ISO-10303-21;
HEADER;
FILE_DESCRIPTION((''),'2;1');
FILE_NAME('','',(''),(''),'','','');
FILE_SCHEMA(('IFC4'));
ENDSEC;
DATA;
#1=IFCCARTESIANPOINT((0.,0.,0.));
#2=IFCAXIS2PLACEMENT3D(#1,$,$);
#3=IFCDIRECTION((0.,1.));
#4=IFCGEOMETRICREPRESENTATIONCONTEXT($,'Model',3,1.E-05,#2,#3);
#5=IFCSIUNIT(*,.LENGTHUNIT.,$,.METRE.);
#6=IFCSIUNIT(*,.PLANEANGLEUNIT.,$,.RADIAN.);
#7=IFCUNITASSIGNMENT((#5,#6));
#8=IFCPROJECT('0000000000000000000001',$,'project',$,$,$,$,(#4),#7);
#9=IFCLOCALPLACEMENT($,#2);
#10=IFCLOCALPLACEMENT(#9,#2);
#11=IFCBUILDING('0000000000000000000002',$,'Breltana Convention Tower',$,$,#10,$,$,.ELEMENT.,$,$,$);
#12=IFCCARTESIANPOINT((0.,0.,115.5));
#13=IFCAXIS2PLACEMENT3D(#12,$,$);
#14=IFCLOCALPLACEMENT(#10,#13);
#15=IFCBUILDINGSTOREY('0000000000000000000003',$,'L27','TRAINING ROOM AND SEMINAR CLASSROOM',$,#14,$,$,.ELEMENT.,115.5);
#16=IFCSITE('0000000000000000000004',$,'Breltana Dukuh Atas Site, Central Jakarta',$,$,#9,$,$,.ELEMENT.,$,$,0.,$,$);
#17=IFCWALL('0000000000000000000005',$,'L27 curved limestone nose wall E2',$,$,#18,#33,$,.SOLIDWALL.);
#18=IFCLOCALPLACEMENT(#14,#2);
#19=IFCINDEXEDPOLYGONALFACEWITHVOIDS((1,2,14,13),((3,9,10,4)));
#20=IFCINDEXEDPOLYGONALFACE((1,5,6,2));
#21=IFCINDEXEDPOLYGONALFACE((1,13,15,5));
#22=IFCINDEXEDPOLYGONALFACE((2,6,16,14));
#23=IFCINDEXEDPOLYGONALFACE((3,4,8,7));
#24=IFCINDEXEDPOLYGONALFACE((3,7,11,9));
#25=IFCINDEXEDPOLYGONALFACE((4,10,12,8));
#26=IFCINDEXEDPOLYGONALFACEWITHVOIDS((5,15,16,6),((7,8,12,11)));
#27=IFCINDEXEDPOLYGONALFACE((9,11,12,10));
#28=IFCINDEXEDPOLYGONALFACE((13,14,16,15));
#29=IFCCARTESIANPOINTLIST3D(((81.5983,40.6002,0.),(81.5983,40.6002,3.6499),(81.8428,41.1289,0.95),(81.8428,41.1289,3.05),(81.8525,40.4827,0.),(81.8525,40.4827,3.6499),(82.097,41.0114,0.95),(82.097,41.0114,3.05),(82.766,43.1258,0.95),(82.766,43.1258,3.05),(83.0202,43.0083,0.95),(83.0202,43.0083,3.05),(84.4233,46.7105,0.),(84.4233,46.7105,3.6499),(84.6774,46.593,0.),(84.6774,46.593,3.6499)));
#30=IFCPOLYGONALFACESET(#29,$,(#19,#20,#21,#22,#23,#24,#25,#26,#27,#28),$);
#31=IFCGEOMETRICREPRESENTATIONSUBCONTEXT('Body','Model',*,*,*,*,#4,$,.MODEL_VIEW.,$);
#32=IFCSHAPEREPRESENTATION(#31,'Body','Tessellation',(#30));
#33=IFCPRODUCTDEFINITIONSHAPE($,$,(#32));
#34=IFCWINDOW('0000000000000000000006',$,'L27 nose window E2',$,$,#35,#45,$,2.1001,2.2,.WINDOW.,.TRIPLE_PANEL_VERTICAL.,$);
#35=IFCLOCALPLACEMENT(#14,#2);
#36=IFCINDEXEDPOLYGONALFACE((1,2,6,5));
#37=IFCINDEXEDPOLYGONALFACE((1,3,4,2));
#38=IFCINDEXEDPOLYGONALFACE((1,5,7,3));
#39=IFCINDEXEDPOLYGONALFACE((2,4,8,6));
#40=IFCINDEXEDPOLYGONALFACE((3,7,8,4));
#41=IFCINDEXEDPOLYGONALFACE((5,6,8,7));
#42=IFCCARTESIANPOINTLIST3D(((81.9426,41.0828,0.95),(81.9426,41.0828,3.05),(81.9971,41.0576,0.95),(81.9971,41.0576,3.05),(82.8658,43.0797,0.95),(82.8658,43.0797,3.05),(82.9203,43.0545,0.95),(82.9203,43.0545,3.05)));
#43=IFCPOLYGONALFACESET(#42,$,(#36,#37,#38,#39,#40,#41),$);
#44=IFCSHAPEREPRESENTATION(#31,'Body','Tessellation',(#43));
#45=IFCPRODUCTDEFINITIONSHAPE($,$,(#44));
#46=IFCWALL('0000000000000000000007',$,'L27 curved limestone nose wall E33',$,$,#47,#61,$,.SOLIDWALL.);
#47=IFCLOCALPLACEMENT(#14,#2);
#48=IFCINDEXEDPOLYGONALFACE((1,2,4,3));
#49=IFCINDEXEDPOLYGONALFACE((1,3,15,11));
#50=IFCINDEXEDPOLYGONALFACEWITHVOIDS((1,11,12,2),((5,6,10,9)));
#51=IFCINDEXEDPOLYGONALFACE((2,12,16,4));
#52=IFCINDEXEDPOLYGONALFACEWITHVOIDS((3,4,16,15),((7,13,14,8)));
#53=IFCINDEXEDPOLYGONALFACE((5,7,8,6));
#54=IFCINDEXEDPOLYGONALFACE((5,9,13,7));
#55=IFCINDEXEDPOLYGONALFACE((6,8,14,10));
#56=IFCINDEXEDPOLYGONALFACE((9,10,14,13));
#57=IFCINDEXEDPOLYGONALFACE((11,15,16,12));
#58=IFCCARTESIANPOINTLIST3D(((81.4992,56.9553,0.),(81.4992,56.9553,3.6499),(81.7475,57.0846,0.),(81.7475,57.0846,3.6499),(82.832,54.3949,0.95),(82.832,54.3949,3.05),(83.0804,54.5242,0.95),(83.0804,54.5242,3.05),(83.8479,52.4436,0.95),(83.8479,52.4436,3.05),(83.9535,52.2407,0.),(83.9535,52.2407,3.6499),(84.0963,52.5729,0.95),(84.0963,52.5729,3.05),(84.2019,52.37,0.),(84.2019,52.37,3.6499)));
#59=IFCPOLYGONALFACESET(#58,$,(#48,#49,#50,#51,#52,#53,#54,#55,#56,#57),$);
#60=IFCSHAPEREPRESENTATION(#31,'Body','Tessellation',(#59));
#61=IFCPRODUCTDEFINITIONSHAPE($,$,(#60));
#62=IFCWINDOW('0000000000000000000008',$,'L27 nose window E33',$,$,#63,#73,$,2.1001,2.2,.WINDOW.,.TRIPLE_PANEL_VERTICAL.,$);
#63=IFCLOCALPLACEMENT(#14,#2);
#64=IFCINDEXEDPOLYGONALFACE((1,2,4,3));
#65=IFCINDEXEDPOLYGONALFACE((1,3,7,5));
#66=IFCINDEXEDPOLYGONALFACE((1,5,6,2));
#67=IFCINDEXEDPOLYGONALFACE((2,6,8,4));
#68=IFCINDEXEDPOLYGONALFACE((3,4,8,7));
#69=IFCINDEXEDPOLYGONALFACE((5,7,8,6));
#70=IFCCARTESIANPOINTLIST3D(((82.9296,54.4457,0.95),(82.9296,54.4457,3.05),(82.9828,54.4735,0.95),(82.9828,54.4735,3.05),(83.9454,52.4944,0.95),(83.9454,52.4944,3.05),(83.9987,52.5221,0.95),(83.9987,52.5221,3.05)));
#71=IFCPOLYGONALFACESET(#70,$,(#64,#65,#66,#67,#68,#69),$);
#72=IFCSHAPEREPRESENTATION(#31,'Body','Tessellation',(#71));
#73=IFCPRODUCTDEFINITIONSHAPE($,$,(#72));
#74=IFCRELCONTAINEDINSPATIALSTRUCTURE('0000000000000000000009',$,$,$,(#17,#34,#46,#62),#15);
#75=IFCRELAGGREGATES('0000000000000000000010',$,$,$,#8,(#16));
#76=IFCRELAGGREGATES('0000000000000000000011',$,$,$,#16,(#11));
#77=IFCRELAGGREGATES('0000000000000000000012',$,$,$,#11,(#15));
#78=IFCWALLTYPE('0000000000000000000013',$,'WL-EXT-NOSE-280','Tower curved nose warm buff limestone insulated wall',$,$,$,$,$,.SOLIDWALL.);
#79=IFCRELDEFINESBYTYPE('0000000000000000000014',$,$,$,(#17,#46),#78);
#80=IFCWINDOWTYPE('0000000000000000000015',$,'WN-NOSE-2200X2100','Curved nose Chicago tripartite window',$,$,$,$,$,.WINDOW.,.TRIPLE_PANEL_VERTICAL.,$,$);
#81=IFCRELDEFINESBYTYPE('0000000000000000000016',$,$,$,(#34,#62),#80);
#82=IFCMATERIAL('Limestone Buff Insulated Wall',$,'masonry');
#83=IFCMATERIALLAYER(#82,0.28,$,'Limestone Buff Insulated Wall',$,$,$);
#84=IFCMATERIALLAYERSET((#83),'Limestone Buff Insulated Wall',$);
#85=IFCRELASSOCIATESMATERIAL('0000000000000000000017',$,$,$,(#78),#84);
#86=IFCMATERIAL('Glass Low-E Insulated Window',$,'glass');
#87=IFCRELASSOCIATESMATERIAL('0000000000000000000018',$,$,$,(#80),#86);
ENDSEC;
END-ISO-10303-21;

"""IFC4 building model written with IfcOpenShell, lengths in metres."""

from ifc_helpers import new_model, si_unit, direction, frame, frame_2d, origin, place, context, subcontext, project, spatial, rectangle, extrude, source, transform, mapped, material, layer, layer_set, type_object, type_shapes, element, fill, save


model = new_model("IFC4")

# Units and contexts
model_context = context("Model", 3, precision=1e-05, world=origin(), true_north=direction((0.0, 1.0)))
body_context = subcontext(model_context, "Body", "Model", "MODEL_VIEW")
ifc_project = project(units=[si_unit("LENGTHUNIT", "METRE"), si_unit("PLANEANGLEUNIT", "RADIAN")], contexts=[model_context])

# Site, building, storey
site_placement = place(None, origin())
site = spatial("IfcSite", under=ifc_project, at=site_placement, Name="Breltana Dukuh Atas Site, Central Jakarta", CompositionType="ELEMENT", RefElevation=0.0)
building_placement = place(site_placement, origin())
building = spatial("IfcBuilding", under=site, at=building_placement, Name="Breltana Convention Tower", CompositionType="ELEMENT")
storey_placement = place(building_placement, frame((0.0, 0.0, 115.5)))
storey = spatial("IfcBuildingStorey", under=building, at=storey_placement, Name="L27", Description="TRAINING ROOM AND SEMINAR CLASSROOM", CompositionType="ELEMENT", Elevation=115.5)

# Walls, openings, windows
ifc_material_1 = material(Name="Limestone Buff Insulated Wall", Category="masonry")
ifc_layer_1 = layer(ifc_material_1, 0.28, Name="Limestone Buff Insulated Wall")
ifc_layer_set_1 = layer_set([ifc_layer_1], Name="Limestone Buff Insulated Wall")
wall_type = type_object("IfcWallType", Name="WL-EXT-NOSE-280", Description="Tower curved nose warm buff limestone insulated wall", PredefinedType="SOLIDWALL", material=ifc_layer_set_1)
ifc_material_2 = material(Name="Glass Low-E Insulated Window", Category="glass")
window_type = type_object("IfcWindowType", Name="WN-NOSE-2200X2100", Description="Curved nose Chicago tripartite window", PartitioningType="TRIPLE_PANEL_VERTICAL", PredefinedType="WINDOW", material=ifc_material_2)
shared_shape_1 = source(origin(), body_context, "Body", "SweptSolid", [
    extrude(rectangle(XDim=2.2, YDim=2.1001, at=frame_2d((1.1001, 1.05))), frame((0.0, 0.03, 0.0), z_axis=(0.0, -1.0, 0.0), x_axis=(1.0, 0.0, 0.0)), (0.0, 0.0, 1.0), 0.0601),
])
type_shapes(window_type, [shared_shape_1])
shared_shape_2 = source(origin(), body_context, "Body", "SweptSolid", [
    extrude(rectangle(XDim=6.7317, YDim=0.28, at=frame_2d((3.3657, 0.0))), origin(), (0.0, 0.0, 1.0), 3.6499),
])
wall_1_placement = place(storey_placement, frame((84.5503, 46.6516, 0.0), z_axis=(0.0, 0.0, 1.0), x_axis=(-0.419645, -0.907689, 0.0)))
wall_1 = element("IfcWall", 1, at=wall_1_placement, inside=storey, type_object=wall_type, Name="L27 curved limestone nose wall E2", PredefinedType="SOLIDWALL", context=body_context, shape_type="MappedRepresentation", body=[
    mapped(shared_shape_2, transform((0.0, 0.0, 0.0), scale=1.0)),
])
opening_1_placement = place(wall_1_placement, frame((3.949, 0.0, 0.95)))
opening_1 = element("IfcOpeningElement", 2, at=opening_1_placement, cuts=wall_1, PredefinedType="OPENING", context=body_context, shape_type="SweptSolid", body=[
    extrude(rectangle(XDim=2.2, YDim=2.1001, at=frame_2d((1.1001, 1.05))), frame((0.0, 0.1499, 0.0), z_axis=(0.0, -1.0, 0.0), x_axis=(1.0, 0.0, 0.0)), (0.0, 0.0, 1.0), 0.3),
])
window_1_placement = place(opening_1_placement, origin())
window_1 = element("IfcWindow", 3, at=window_1_placement, inside=storey, type_object=window_type, Name="L27 nose window E2", OverallHeight=2.1001, OverallWidth=2.2, PartitioningType="TRIPLE_PANEL_VERTICAL", PredefinedType="WINDOW", context=body_context, shape_type="MappedRepresentation", body=[
    mapped(shared_shape_1, transform((0.0, 0.0, 0.0), scale=1.0)),
])
fill(opening_1, window_1)
shared_shape_3 = source(origin(), body_context, "Body", "SweptSolid", [
    extrude(rectangle(XDim=5.3152, YDim=0.28, at=frame_2d((2.6577, 0.0))), origin(), (0.0, 0.0, 1.0), 3.6499),
])
wall_2_placement = place(storey_placement, frame((81.6233, 57.02, 0.0), z_axis=(0.0, 0.0, 1.0), x_axis=(0.461761, -0.887005, 0.0)))
wall_2 = element("IfcWall", 4, at=wall_2_placement, inside=storey, type_object=wall_type, Name="L27 curved limestone nose wall E33", PredefinedType="SOLIDWALL", context=body_context, shape_type="MappedRepresentation", body=[
    mapped(shared_shape_3, transform((0.0, 0.0, 0.0), scale=1.0)),
])
opening_2_placement = place(wall_2_placement, frame((2.8865, 0.0, 0.95)))
opening_2 = element("IfcOpeningElement", 5, at=opening_2_placement, cuts=wall_2, PredefinedType="OPENING", context=body_context, shape_type="SweptSolid", body=[
    extrude(rectangle(XDim=2.2, YDim=2.1001, at=frame_2d((1.1001, 1.05))), frame((0.0, 0.1499, 0.0), z_axis=(0.0, -1.0, 0.0), x_axis=(1.0, 0.0, 0.0)), (0.0, 0.0, 1.0), 0.3),
])
window_2_placement = place(opening_2_placement, origin())
window_2 = element("IfcWindow", 6, at=window_2_placement, inside=storey, type_object=window_type, Name="L27 nose window E33", OverallHeight=2.1001, OverallWidth=2.2, PartitioningType="TRIPLE_PANEL_VERTICAL", PredefinedType="WINDOW", context=body_context, shape_type="MappedRepresentation", body=[
    mapped(shared_shape_1, transform((0.0, 0.0, 0.0), scale=1.0)),
])
fill(opening_2, window_2)

save(model, "model.ifc")
